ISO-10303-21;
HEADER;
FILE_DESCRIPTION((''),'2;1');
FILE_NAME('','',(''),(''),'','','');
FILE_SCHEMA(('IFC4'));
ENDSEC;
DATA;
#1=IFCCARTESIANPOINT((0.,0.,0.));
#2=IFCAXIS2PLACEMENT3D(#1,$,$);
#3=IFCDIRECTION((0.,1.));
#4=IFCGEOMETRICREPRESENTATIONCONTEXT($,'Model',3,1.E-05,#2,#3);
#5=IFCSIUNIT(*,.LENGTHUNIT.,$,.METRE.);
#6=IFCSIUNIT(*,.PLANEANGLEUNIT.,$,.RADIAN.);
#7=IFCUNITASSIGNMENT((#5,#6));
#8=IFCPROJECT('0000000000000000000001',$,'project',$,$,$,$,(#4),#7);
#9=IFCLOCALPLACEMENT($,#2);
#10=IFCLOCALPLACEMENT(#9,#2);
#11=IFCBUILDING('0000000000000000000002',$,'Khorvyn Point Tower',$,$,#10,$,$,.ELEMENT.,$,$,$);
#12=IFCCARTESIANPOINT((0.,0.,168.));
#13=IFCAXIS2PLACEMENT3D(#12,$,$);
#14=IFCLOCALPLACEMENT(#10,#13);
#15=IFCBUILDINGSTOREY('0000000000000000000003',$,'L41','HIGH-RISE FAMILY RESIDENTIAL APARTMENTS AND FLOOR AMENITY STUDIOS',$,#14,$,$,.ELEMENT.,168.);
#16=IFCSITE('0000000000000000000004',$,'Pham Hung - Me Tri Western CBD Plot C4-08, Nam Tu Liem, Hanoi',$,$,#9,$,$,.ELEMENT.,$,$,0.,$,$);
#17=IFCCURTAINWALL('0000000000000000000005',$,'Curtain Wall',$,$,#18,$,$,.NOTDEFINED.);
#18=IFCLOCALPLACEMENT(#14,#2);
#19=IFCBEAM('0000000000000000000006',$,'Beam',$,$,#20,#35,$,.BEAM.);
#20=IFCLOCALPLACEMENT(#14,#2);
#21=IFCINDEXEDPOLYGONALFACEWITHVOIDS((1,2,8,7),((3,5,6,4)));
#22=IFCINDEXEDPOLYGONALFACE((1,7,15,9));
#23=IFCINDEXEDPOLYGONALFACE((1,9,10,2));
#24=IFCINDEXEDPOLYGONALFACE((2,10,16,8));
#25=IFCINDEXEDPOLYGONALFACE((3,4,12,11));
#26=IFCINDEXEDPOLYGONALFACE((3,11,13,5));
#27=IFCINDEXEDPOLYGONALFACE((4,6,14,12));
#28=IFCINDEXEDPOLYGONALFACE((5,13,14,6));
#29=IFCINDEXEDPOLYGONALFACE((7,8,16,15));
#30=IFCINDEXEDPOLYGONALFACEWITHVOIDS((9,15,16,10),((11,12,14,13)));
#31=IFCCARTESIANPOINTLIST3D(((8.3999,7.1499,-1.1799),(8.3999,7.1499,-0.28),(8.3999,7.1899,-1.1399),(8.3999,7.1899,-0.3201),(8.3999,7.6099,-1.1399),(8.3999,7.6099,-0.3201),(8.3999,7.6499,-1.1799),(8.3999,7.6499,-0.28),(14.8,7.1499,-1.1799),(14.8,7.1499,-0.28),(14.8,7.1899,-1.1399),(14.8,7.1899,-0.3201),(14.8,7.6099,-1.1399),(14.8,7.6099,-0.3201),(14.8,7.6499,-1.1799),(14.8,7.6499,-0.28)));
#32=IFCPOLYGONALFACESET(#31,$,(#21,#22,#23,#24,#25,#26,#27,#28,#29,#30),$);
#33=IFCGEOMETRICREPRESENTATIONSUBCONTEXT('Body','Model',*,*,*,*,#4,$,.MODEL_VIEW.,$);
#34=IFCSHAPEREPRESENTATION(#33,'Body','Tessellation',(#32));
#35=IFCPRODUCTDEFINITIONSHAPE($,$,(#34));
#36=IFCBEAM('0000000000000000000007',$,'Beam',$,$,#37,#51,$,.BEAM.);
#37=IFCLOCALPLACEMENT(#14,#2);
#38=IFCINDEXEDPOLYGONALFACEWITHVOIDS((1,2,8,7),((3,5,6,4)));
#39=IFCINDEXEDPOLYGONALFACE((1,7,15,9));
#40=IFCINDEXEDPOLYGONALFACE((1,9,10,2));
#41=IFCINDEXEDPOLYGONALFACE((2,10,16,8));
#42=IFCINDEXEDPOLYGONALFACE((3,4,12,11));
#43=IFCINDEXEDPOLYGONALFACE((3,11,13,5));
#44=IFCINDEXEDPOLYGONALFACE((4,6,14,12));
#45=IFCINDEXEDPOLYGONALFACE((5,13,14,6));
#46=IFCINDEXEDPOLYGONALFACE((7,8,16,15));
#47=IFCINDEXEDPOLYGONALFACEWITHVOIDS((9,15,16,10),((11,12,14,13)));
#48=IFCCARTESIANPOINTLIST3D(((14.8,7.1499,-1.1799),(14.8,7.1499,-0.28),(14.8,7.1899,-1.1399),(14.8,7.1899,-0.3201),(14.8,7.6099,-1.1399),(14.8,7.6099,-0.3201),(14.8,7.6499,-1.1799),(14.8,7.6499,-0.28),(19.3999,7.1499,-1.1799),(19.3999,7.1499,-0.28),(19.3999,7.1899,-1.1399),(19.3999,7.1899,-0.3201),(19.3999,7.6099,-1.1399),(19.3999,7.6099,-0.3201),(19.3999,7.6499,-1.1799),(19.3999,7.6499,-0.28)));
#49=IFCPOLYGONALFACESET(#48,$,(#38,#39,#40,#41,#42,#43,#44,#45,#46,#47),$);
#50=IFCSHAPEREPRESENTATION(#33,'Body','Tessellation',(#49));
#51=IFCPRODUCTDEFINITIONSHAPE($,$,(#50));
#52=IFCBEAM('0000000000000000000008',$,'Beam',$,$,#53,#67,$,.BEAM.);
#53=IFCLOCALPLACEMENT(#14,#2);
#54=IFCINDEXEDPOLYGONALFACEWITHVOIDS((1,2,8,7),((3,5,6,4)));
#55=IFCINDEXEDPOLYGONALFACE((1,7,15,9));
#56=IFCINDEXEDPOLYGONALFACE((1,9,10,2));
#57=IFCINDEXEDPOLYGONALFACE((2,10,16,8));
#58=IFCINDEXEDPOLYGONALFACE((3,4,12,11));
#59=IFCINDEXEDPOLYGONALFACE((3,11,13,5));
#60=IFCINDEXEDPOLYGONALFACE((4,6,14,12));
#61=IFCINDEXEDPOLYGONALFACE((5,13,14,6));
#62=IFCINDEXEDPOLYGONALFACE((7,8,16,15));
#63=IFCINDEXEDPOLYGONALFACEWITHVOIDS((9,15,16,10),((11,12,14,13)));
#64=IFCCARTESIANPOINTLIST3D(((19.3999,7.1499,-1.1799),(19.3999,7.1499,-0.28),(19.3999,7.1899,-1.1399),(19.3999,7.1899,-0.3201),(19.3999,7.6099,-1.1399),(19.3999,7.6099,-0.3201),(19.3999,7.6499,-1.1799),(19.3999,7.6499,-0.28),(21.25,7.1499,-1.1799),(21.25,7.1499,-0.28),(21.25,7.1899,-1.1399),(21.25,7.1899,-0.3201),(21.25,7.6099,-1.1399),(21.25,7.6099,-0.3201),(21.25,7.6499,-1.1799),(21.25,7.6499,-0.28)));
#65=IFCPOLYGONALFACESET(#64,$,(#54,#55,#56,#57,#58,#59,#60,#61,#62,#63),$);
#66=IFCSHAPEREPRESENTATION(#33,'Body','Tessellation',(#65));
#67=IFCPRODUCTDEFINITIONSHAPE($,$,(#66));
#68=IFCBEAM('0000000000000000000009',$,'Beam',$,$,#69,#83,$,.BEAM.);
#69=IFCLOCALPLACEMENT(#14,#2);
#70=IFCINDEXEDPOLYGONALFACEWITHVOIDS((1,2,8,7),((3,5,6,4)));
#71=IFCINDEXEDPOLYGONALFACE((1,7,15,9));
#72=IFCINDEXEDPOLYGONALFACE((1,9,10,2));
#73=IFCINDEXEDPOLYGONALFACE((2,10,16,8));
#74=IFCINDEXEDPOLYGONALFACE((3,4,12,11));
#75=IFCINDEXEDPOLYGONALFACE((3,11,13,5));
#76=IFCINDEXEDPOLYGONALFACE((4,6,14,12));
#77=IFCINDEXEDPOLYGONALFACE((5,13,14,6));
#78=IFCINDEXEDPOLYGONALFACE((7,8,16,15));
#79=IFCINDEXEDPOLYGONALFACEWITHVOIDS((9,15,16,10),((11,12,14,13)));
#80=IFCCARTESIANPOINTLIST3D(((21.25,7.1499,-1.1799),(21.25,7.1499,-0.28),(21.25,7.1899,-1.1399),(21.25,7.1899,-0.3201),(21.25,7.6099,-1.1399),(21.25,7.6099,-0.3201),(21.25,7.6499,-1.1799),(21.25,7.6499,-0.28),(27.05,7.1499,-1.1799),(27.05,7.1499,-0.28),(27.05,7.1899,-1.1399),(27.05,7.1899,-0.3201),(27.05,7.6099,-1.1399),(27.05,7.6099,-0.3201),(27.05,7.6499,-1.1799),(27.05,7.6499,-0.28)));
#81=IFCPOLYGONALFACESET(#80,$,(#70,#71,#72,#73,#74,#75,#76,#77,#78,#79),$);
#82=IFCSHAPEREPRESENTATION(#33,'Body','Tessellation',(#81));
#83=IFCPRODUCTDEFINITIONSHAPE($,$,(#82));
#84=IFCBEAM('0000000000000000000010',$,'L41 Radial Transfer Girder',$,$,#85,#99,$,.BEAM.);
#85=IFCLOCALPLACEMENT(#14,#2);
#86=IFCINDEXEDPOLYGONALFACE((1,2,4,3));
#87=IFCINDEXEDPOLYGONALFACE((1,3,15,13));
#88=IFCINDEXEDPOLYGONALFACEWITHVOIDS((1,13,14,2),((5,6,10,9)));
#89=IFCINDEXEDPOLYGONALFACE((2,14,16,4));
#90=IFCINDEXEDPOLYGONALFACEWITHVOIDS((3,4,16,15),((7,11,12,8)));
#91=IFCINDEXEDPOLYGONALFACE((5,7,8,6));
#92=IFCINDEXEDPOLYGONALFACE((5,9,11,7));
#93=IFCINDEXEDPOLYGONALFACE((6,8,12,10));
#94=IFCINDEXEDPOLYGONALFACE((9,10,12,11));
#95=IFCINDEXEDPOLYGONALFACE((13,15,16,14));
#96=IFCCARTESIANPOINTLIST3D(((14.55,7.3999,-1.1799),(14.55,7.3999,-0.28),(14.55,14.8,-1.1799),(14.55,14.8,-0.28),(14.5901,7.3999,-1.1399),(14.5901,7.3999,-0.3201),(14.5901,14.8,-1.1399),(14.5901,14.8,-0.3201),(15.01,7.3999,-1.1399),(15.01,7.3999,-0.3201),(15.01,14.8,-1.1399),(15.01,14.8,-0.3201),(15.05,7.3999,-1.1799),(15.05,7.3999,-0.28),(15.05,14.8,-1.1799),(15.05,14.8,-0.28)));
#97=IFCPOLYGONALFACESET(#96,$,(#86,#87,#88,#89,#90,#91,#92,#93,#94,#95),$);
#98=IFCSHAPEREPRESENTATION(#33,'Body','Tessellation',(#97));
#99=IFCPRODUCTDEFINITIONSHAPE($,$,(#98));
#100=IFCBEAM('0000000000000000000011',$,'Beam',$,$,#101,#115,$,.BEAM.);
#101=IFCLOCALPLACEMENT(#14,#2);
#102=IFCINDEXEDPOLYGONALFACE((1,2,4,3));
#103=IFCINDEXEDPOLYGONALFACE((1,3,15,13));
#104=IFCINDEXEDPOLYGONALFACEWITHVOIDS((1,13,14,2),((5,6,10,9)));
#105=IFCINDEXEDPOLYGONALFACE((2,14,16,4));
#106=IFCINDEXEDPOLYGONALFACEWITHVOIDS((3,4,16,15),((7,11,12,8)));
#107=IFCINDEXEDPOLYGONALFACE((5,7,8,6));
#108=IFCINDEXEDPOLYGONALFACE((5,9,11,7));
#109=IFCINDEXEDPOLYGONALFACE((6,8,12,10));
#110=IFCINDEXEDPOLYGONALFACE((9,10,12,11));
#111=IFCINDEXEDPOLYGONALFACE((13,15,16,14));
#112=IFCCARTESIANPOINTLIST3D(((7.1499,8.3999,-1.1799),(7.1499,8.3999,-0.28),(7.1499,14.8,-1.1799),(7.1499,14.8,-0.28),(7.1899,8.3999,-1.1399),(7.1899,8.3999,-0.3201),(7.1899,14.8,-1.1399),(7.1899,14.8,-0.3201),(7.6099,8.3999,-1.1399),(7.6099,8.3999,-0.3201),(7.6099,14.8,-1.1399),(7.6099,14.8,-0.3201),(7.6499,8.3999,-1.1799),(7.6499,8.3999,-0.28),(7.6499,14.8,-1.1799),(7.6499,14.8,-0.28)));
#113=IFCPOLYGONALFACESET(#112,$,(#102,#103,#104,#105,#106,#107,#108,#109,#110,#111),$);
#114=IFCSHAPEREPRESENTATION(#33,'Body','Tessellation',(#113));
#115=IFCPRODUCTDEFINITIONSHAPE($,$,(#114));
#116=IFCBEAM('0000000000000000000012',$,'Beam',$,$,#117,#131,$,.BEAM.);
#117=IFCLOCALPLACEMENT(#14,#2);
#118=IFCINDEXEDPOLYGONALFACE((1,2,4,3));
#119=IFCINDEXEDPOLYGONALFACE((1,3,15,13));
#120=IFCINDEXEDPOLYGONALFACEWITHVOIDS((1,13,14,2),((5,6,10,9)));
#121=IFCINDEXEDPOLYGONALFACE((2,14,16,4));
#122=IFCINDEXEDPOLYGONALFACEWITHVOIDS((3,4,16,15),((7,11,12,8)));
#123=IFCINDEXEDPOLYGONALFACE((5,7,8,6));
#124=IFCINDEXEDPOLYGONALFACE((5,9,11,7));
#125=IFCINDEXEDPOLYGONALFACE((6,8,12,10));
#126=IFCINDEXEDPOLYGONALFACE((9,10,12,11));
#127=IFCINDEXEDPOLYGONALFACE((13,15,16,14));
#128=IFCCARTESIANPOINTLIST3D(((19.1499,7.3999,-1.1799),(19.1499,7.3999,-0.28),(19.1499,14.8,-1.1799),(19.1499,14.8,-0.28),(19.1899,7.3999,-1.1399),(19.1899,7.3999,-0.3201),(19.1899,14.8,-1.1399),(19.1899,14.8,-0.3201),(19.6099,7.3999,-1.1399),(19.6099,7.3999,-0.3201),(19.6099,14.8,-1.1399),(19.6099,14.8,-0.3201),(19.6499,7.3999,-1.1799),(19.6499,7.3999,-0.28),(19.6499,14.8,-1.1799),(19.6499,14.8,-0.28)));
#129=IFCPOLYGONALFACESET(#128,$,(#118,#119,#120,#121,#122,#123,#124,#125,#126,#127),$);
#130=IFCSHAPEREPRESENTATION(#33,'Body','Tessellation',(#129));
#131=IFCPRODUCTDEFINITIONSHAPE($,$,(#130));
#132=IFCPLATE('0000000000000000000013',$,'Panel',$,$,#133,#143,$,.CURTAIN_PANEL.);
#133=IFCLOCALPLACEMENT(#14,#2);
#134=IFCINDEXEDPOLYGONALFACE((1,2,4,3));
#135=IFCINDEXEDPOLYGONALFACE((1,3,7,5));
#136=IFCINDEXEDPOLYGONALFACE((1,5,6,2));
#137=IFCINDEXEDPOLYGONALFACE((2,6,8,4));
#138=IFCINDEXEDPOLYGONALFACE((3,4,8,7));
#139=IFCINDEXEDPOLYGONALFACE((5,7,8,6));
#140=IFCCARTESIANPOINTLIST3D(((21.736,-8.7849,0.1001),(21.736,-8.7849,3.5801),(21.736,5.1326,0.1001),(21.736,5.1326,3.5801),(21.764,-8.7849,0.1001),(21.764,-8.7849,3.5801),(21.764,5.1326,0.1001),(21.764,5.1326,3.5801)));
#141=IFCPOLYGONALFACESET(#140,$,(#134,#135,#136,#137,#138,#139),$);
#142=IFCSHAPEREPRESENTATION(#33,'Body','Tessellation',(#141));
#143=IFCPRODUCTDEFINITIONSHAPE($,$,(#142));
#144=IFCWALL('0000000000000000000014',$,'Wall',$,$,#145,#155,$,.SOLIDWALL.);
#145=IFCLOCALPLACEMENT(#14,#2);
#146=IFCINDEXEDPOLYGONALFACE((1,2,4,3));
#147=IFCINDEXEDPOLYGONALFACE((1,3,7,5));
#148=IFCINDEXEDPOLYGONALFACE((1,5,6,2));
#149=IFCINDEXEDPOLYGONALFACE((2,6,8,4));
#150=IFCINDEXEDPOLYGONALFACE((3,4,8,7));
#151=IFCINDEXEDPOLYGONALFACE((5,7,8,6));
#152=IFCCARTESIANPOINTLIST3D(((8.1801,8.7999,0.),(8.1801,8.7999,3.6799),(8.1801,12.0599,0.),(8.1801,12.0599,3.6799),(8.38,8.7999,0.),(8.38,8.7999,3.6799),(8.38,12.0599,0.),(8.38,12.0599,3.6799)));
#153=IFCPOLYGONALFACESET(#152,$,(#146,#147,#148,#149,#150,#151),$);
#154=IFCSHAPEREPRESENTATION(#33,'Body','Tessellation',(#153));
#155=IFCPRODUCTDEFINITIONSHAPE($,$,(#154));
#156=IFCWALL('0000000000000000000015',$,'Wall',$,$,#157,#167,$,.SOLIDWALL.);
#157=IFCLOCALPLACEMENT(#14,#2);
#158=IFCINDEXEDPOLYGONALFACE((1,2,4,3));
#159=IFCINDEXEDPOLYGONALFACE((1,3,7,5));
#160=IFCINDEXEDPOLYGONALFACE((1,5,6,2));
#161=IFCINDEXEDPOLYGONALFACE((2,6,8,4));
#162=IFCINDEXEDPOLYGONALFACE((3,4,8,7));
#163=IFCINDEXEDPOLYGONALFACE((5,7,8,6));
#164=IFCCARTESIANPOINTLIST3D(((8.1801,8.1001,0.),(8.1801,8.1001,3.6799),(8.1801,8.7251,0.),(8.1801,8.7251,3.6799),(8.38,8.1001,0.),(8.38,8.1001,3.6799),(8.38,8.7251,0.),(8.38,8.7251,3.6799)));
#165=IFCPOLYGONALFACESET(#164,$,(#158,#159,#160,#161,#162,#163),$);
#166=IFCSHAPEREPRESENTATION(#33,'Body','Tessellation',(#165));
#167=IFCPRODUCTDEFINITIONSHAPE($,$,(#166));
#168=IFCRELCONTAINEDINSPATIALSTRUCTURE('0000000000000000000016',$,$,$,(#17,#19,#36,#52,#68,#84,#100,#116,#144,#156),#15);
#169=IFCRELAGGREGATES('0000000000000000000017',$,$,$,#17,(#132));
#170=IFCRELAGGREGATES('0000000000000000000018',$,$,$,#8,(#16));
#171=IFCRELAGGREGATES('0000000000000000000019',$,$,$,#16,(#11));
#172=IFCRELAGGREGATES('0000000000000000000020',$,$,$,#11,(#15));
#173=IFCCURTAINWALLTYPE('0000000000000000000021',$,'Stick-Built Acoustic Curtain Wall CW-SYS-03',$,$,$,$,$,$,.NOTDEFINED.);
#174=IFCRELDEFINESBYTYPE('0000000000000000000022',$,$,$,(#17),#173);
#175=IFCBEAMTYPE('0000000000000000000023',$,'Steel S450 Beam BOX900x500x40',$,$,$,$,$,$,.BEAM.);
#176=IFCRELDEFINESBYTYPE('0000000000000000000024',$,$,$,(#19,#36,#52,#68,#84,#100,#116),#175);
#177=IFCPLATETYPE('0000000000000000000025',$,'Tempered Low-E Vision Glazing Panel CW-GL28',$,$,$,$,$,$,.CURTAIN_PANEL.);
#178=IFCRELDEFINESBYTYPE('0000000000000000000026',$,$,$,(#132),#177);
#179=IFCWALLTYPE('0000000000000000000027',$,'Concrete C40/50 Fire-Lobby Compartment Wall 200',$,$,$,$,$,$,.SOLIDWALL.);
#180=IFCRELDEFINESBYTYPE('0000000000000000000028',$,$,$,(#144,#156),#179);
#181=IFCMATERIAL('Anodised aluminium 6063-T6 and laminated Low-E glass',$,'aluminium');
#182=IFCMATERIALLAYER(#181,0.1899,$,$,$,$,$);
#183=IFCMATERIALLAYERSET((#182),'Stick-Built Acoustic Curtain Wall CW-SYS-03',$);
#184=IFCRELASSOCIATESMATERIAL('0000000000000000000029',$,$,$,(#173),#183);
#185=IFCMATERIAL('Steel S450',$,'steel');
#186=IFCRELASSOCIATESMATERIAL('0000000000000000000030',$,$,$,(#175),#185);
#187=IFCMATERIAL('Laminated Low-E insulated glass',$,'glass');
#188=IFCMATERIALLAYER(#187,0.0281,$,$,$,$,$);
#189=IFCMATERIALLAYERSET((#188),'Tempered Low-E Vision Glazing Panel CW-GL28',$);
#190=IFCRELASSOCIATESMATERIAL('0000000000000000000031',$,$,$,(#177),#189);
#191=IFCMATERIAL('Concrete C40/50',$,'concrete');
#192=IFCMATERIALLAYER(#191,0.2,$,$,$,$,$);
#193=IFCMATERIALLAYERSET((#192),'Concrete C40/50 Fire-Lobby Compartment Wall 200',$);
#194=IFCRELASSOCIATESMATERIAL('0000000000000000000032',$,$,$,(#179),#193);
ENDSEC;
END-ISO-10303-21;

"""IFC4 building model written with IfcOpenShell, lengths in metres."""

from ifc_helpers import new_model, si_unit, direction, frame, frame_2d, origin, origin_2d, place, context, subcontext, project, spatial, rectangle, hollow_rectangle, extrude, material, layer, layer_set, material_profile, profile_set, type_object, element, aggregate, save


model = new_model("IFC4")

# Units and contexts
model_context = context("Model", 3, precision=1e-05, world=origin(), true_north=direction((0.0, 1.0)))
body_context = subcontext(model_context, "Body", "Model", "MODEL_VIEW")
ifc_project = project(units=[si_unit("LENGTHUNIT", "METRE"), si_unit("PLANEANGLEUNIT", "RADIAN")], contexts=[model_context])

# Site, building, storey
site_placement = place(None, origin())
site = spatial("IfcSite", under=ifc_project, at=site_placement, Name="Pham Hung - Me Tri Western CBD Plot C4-08, Nam Tu Liem, Hanoi", CompositionType="ELEMENT", RefElevation=0.0)
building_placement = place(site_placement, origin())
building = spatial("IfcBuilding", under=site, at=building_placement, Name="Khorvyn Point Tower", CompositionType="ELEMENT")
storey_placement = place(building_placement, frame((0.0, 0.0, 168.0)))
storey = spatial("IfcBuildingStorey", under=building, at=storey_placement, Name="L41", Description="HIGH-RISE FAMILY RESIDENTIAL APARTMENTS AND FLOOR AMENITY STUDIOS", CompositionType="ELEMENT", Elevation=168.0)

# Shared definitions
ifc_material_1 = material(Name="Steel S450", Category="steel")

# Curtain wall
ifc_material_2 = material(Name="Anodised aluminium 6063-T6 and laminated Low-E glass", Category="aluminium")
ifc_layer_1 = layer(ifc_material_2, 0.1899)
ifc_layer_set_1 = layer_set([ifc_layer_1], Name="Stick-Built Acoustic Curtain Wall CW-SYS-03")
curtain_wall_type = type_object("IfcCurtainWallType", Name="Stick-Built Acoustic Curtain Wall CW-SYS-03", PredefinedType="NOTDEFINED", material=ifc_layer_set_1)
curtain_wall_placement = place(storey_placement, origin())
curtain_wall = element("IfcCurtainWall", 1, at=curtain_wall_placement, inside=storey, type_object=curtain_wall_type, Name="Curtain Wall", PredefinedType="NOTDEFINED")

# Beams
ifc_material_profile_1 = material_profile(ifc_material_1, hollow_rectangle(XDim=0.5, YDim=0.8999, WallThickness=0.04, at=origin_2d()))
ifc_profile_set_1 = profile_set([ifc_material_profile_1], Name="Steel S450 BOX900x500x40")
beam_type_1 = type_object("IfcBeamType", Name="Steel S450 Beam BOX900x500x40", PredefinedType="BEAM", material=ifc_profile_set_1)
beam_1_placement = place(storey_placement, frame((8.3999, 7.3999, -0.73), z_axis=(1.0, 0.0, 0.0), x_axis=(0.0, 1.0, 0.0)))
element("IfcBeam", 2, at=beam_1_placement, inside=storey, type_object=beam_type_1, Name="Beam", PredefinedType="BEAM", context=body_context, shape_type="SweptSolid", body=[
    extrude(hollow_rectangle(XDim=0.5, YDim=0.8999, WallThickness=0.04, at=origin_2d()), origin(), (0.0, 0.0, 1.0), 6.4001),
])
beam_2_placement = place(storey_placement, frame((14.8, 7.3999, -0.73), z_axis=(1.0, 0.0, 0.0), x_axis=(0.0, 1.0, 0.0)))
element("IfcBeam", 3, at=beam_2_placement, inside=storey, type_object=beam_type_1, Name="Beam", PredefinedType="BEAM", context=body_context, shape_type="SweptSolid", body=[
    extrude(hollow_rectangle(XDim=0.5, YDim=0.8999, WallThickness=0.04, at=origin_2d()), origin(), (0.0, 0.0, 1.0), 4.5999),
])
beam_3_placement = place(storey_placement, frame((19.3999, 7.3999, -0.73), z_axis=(1.0, 0.0, 0.0), x_axis=(0.0, 1.0, 0.0)))
element("IfcBeam", 4, at=beam_3_placement, inside=storey, type_object=beam_type_1, Name="Beam", PredefinedType="BEAM", context=body_context, shape_type="SweptSolid", body=[
    extrude(hollow_rectangle(XDim=0.5, YDim=0.8999, WallThickness=0.04, at=origin_2d()), origin(), (0.0, 0.0, 1.0), 1.8501),
])
beam_4_placement = place(storey_placement, frame((21.25, 7.3999, -0.73), z_axis=(1.0, 0.0, 0.0), x_axis=(0.0, 1.0, 0.0)))
element("IfcBeam", 5, at=beam_4_placement, inside=storey, type_object=beam_type_1, Name="Beam", PredefinedType="BEAM", context=body_context, shape_type="SweptSolid", body=[
    extrude(hollow_rectangle(XDim=0.5, YDim=0.8999, WallThickness=0.04, at=origin_2d()), origin(), (0.0, 0.0, 1.0), 5.8),
])
beam_5_placement = place(storey_placement, frame((14.8, 7.3999, -0.73), z_axis=(0.0, 1.0, 0.0), x_axis=(-1.0, 0.0, 0.0)))
element("IfcBeam", 6, at=beam_5_placement, inside=storey, type_object=beam_type_1, Name="L41 Radial Transfer Girder", PredefinedType="BEAM", context=body_context, shape_type="SweptSolid", body=[
    extrude(hollow_rectangle(XDim=0.5, YDim=0.8999, WallThickness=0.04, at=origin_2d()), origin(), (0.0, 0.0, 1.0), 7.4001),
])
beam_6_placement = place(storey_placement, frame((7.3999, 8.3999, -0.73), z_axis=(0.0, 1.0, 0.0), x_axis=(-1.0, 0.0, 0.0)))
element("IfcBeam", 7, at=beam_6_placement, inside=storey, type_object=beam_type_1, Name="Beam", PredefinedType="BEAM", context=body_context, shape_type="SweptSolid", body=[
    extrude(hollow_rectangle(XDim=0.5, YDim=0.8999, WallThickness=0.04, at=origin_2d()), origin(), (0.0, 0.0, 1.0), 6.4001),
])
beam_7_placement = place(storey_placement, frame((19.3999, 7.3999, -0.73), z_axis=(0.0, 1.0, 0.0), x_axis=(-1.0, 0.0, 0.0)))
element("IfcBeam", 8, at=beam_7_placement, inside=storey, type_object=beam_type_1, Name="Beam", PredefinedType="BEAM", context=body_context, shape_type="SweptSolid", body=[
    extrude(hollow_rectangle(XDim=0.5, YDim=0.8999, WallThickness=0.04, at=origin_2d()), origin(), (0.0, 0.0, 1.0), 7.4001),
])

# Plate
ifc_material_3 = material(Name="Laminated Low-E insulated glass", Category="glass")
ifc_layer_2 = layer(ifc_material_3, 0.0281)
ifc_layer_set_2 = layer_set([ifc_layer_2], Name="Tempered Low-E Vision Glazing Panel CW-GL28")
plate_type = type_object("IfcPlateType", Name="Tempered Low-E Vision Glazing Panel CW-GL28", PredefinedType="CURTAIN_PANEL", material=ifc_layer_set_2)
plate_placement = place(storey_placement, frame((21.75, -1.8262, 0.1001), z_axis=(0.0, 0.0, 1.0), x_axis=(0.0, -1.0, 0.0)))
plate = element("IfcPlate", 9, at=plate_placement, type_object=plate_type, Name="Panel", PredefinedType="CURTAIN_PANEL", context=body_context, shape_type="SweptSolid", body=[
    extrude(rectangle(XDim=13.9175, YDim=0.0281, at=origin_2d()), origin(), (0.0, 0.0, 1.0), 3.48),
])
aggregate(curtain_wall, [plate])

# Walls
ifc_material_4 = material(Name="Concrete C40/50", Category="concrete")
ifc_layer_3 = layer(ifc_material_4, 0.2)
ifc_layer_set_3 = layer_set([ifc_layer_3], Name="Concrete C40/50 Fire-Lobby Compartment Wall 200")
wall_type_1 = type_object("IfcWallType", Name="Concrete C40/50 Fire-Lobby Compartment Wall 200", PredefinedType="SOLIDWALL", material=ifc_layer_set_3)
wall_1_placement = place(storey_placement, frame((8.28, 8.8, 0.0), z_axis=(0.0, 0.0, 1.0), x_axis=(0.0, 1.0, 0.0)))
element("IfcWall", 10, at=wall_1_placement, inside=storey, type_object=wall_type_1, Name="Wall", PredefinedType="SOLIDWALL", context=body_context, shape_type="SweptSolid", body=[
    extrude(rectangle(XDim=3.26, YDim=0.2, at=frame_2d((1.6299, 0.0))), origin(), (0.0, 0.0, 1.0), 3.6799),
])
wall_2_placement = place(storey_placement, frame((8.28, 8.1001, 0.0), z_axis=(0.0, 0.0, 1.0), x_axis=(0.0, 1.0, 0.0)))
element("IfcWall", 11, at=wall_2_placement, inside=storey, type_object=wall_type_1, Name="Wall", PredefinedType="SOLIDWALL", context=body_context, shape_type="SweptSolid", body=[
    extrude(rectangle(XDim=0.625, YDim=0.2, at=frame_2d((0.3125, 0.0))), origin(), (0.0, 0.0, 1.0), 3.6799),
])

save(model, "model.ifc")
